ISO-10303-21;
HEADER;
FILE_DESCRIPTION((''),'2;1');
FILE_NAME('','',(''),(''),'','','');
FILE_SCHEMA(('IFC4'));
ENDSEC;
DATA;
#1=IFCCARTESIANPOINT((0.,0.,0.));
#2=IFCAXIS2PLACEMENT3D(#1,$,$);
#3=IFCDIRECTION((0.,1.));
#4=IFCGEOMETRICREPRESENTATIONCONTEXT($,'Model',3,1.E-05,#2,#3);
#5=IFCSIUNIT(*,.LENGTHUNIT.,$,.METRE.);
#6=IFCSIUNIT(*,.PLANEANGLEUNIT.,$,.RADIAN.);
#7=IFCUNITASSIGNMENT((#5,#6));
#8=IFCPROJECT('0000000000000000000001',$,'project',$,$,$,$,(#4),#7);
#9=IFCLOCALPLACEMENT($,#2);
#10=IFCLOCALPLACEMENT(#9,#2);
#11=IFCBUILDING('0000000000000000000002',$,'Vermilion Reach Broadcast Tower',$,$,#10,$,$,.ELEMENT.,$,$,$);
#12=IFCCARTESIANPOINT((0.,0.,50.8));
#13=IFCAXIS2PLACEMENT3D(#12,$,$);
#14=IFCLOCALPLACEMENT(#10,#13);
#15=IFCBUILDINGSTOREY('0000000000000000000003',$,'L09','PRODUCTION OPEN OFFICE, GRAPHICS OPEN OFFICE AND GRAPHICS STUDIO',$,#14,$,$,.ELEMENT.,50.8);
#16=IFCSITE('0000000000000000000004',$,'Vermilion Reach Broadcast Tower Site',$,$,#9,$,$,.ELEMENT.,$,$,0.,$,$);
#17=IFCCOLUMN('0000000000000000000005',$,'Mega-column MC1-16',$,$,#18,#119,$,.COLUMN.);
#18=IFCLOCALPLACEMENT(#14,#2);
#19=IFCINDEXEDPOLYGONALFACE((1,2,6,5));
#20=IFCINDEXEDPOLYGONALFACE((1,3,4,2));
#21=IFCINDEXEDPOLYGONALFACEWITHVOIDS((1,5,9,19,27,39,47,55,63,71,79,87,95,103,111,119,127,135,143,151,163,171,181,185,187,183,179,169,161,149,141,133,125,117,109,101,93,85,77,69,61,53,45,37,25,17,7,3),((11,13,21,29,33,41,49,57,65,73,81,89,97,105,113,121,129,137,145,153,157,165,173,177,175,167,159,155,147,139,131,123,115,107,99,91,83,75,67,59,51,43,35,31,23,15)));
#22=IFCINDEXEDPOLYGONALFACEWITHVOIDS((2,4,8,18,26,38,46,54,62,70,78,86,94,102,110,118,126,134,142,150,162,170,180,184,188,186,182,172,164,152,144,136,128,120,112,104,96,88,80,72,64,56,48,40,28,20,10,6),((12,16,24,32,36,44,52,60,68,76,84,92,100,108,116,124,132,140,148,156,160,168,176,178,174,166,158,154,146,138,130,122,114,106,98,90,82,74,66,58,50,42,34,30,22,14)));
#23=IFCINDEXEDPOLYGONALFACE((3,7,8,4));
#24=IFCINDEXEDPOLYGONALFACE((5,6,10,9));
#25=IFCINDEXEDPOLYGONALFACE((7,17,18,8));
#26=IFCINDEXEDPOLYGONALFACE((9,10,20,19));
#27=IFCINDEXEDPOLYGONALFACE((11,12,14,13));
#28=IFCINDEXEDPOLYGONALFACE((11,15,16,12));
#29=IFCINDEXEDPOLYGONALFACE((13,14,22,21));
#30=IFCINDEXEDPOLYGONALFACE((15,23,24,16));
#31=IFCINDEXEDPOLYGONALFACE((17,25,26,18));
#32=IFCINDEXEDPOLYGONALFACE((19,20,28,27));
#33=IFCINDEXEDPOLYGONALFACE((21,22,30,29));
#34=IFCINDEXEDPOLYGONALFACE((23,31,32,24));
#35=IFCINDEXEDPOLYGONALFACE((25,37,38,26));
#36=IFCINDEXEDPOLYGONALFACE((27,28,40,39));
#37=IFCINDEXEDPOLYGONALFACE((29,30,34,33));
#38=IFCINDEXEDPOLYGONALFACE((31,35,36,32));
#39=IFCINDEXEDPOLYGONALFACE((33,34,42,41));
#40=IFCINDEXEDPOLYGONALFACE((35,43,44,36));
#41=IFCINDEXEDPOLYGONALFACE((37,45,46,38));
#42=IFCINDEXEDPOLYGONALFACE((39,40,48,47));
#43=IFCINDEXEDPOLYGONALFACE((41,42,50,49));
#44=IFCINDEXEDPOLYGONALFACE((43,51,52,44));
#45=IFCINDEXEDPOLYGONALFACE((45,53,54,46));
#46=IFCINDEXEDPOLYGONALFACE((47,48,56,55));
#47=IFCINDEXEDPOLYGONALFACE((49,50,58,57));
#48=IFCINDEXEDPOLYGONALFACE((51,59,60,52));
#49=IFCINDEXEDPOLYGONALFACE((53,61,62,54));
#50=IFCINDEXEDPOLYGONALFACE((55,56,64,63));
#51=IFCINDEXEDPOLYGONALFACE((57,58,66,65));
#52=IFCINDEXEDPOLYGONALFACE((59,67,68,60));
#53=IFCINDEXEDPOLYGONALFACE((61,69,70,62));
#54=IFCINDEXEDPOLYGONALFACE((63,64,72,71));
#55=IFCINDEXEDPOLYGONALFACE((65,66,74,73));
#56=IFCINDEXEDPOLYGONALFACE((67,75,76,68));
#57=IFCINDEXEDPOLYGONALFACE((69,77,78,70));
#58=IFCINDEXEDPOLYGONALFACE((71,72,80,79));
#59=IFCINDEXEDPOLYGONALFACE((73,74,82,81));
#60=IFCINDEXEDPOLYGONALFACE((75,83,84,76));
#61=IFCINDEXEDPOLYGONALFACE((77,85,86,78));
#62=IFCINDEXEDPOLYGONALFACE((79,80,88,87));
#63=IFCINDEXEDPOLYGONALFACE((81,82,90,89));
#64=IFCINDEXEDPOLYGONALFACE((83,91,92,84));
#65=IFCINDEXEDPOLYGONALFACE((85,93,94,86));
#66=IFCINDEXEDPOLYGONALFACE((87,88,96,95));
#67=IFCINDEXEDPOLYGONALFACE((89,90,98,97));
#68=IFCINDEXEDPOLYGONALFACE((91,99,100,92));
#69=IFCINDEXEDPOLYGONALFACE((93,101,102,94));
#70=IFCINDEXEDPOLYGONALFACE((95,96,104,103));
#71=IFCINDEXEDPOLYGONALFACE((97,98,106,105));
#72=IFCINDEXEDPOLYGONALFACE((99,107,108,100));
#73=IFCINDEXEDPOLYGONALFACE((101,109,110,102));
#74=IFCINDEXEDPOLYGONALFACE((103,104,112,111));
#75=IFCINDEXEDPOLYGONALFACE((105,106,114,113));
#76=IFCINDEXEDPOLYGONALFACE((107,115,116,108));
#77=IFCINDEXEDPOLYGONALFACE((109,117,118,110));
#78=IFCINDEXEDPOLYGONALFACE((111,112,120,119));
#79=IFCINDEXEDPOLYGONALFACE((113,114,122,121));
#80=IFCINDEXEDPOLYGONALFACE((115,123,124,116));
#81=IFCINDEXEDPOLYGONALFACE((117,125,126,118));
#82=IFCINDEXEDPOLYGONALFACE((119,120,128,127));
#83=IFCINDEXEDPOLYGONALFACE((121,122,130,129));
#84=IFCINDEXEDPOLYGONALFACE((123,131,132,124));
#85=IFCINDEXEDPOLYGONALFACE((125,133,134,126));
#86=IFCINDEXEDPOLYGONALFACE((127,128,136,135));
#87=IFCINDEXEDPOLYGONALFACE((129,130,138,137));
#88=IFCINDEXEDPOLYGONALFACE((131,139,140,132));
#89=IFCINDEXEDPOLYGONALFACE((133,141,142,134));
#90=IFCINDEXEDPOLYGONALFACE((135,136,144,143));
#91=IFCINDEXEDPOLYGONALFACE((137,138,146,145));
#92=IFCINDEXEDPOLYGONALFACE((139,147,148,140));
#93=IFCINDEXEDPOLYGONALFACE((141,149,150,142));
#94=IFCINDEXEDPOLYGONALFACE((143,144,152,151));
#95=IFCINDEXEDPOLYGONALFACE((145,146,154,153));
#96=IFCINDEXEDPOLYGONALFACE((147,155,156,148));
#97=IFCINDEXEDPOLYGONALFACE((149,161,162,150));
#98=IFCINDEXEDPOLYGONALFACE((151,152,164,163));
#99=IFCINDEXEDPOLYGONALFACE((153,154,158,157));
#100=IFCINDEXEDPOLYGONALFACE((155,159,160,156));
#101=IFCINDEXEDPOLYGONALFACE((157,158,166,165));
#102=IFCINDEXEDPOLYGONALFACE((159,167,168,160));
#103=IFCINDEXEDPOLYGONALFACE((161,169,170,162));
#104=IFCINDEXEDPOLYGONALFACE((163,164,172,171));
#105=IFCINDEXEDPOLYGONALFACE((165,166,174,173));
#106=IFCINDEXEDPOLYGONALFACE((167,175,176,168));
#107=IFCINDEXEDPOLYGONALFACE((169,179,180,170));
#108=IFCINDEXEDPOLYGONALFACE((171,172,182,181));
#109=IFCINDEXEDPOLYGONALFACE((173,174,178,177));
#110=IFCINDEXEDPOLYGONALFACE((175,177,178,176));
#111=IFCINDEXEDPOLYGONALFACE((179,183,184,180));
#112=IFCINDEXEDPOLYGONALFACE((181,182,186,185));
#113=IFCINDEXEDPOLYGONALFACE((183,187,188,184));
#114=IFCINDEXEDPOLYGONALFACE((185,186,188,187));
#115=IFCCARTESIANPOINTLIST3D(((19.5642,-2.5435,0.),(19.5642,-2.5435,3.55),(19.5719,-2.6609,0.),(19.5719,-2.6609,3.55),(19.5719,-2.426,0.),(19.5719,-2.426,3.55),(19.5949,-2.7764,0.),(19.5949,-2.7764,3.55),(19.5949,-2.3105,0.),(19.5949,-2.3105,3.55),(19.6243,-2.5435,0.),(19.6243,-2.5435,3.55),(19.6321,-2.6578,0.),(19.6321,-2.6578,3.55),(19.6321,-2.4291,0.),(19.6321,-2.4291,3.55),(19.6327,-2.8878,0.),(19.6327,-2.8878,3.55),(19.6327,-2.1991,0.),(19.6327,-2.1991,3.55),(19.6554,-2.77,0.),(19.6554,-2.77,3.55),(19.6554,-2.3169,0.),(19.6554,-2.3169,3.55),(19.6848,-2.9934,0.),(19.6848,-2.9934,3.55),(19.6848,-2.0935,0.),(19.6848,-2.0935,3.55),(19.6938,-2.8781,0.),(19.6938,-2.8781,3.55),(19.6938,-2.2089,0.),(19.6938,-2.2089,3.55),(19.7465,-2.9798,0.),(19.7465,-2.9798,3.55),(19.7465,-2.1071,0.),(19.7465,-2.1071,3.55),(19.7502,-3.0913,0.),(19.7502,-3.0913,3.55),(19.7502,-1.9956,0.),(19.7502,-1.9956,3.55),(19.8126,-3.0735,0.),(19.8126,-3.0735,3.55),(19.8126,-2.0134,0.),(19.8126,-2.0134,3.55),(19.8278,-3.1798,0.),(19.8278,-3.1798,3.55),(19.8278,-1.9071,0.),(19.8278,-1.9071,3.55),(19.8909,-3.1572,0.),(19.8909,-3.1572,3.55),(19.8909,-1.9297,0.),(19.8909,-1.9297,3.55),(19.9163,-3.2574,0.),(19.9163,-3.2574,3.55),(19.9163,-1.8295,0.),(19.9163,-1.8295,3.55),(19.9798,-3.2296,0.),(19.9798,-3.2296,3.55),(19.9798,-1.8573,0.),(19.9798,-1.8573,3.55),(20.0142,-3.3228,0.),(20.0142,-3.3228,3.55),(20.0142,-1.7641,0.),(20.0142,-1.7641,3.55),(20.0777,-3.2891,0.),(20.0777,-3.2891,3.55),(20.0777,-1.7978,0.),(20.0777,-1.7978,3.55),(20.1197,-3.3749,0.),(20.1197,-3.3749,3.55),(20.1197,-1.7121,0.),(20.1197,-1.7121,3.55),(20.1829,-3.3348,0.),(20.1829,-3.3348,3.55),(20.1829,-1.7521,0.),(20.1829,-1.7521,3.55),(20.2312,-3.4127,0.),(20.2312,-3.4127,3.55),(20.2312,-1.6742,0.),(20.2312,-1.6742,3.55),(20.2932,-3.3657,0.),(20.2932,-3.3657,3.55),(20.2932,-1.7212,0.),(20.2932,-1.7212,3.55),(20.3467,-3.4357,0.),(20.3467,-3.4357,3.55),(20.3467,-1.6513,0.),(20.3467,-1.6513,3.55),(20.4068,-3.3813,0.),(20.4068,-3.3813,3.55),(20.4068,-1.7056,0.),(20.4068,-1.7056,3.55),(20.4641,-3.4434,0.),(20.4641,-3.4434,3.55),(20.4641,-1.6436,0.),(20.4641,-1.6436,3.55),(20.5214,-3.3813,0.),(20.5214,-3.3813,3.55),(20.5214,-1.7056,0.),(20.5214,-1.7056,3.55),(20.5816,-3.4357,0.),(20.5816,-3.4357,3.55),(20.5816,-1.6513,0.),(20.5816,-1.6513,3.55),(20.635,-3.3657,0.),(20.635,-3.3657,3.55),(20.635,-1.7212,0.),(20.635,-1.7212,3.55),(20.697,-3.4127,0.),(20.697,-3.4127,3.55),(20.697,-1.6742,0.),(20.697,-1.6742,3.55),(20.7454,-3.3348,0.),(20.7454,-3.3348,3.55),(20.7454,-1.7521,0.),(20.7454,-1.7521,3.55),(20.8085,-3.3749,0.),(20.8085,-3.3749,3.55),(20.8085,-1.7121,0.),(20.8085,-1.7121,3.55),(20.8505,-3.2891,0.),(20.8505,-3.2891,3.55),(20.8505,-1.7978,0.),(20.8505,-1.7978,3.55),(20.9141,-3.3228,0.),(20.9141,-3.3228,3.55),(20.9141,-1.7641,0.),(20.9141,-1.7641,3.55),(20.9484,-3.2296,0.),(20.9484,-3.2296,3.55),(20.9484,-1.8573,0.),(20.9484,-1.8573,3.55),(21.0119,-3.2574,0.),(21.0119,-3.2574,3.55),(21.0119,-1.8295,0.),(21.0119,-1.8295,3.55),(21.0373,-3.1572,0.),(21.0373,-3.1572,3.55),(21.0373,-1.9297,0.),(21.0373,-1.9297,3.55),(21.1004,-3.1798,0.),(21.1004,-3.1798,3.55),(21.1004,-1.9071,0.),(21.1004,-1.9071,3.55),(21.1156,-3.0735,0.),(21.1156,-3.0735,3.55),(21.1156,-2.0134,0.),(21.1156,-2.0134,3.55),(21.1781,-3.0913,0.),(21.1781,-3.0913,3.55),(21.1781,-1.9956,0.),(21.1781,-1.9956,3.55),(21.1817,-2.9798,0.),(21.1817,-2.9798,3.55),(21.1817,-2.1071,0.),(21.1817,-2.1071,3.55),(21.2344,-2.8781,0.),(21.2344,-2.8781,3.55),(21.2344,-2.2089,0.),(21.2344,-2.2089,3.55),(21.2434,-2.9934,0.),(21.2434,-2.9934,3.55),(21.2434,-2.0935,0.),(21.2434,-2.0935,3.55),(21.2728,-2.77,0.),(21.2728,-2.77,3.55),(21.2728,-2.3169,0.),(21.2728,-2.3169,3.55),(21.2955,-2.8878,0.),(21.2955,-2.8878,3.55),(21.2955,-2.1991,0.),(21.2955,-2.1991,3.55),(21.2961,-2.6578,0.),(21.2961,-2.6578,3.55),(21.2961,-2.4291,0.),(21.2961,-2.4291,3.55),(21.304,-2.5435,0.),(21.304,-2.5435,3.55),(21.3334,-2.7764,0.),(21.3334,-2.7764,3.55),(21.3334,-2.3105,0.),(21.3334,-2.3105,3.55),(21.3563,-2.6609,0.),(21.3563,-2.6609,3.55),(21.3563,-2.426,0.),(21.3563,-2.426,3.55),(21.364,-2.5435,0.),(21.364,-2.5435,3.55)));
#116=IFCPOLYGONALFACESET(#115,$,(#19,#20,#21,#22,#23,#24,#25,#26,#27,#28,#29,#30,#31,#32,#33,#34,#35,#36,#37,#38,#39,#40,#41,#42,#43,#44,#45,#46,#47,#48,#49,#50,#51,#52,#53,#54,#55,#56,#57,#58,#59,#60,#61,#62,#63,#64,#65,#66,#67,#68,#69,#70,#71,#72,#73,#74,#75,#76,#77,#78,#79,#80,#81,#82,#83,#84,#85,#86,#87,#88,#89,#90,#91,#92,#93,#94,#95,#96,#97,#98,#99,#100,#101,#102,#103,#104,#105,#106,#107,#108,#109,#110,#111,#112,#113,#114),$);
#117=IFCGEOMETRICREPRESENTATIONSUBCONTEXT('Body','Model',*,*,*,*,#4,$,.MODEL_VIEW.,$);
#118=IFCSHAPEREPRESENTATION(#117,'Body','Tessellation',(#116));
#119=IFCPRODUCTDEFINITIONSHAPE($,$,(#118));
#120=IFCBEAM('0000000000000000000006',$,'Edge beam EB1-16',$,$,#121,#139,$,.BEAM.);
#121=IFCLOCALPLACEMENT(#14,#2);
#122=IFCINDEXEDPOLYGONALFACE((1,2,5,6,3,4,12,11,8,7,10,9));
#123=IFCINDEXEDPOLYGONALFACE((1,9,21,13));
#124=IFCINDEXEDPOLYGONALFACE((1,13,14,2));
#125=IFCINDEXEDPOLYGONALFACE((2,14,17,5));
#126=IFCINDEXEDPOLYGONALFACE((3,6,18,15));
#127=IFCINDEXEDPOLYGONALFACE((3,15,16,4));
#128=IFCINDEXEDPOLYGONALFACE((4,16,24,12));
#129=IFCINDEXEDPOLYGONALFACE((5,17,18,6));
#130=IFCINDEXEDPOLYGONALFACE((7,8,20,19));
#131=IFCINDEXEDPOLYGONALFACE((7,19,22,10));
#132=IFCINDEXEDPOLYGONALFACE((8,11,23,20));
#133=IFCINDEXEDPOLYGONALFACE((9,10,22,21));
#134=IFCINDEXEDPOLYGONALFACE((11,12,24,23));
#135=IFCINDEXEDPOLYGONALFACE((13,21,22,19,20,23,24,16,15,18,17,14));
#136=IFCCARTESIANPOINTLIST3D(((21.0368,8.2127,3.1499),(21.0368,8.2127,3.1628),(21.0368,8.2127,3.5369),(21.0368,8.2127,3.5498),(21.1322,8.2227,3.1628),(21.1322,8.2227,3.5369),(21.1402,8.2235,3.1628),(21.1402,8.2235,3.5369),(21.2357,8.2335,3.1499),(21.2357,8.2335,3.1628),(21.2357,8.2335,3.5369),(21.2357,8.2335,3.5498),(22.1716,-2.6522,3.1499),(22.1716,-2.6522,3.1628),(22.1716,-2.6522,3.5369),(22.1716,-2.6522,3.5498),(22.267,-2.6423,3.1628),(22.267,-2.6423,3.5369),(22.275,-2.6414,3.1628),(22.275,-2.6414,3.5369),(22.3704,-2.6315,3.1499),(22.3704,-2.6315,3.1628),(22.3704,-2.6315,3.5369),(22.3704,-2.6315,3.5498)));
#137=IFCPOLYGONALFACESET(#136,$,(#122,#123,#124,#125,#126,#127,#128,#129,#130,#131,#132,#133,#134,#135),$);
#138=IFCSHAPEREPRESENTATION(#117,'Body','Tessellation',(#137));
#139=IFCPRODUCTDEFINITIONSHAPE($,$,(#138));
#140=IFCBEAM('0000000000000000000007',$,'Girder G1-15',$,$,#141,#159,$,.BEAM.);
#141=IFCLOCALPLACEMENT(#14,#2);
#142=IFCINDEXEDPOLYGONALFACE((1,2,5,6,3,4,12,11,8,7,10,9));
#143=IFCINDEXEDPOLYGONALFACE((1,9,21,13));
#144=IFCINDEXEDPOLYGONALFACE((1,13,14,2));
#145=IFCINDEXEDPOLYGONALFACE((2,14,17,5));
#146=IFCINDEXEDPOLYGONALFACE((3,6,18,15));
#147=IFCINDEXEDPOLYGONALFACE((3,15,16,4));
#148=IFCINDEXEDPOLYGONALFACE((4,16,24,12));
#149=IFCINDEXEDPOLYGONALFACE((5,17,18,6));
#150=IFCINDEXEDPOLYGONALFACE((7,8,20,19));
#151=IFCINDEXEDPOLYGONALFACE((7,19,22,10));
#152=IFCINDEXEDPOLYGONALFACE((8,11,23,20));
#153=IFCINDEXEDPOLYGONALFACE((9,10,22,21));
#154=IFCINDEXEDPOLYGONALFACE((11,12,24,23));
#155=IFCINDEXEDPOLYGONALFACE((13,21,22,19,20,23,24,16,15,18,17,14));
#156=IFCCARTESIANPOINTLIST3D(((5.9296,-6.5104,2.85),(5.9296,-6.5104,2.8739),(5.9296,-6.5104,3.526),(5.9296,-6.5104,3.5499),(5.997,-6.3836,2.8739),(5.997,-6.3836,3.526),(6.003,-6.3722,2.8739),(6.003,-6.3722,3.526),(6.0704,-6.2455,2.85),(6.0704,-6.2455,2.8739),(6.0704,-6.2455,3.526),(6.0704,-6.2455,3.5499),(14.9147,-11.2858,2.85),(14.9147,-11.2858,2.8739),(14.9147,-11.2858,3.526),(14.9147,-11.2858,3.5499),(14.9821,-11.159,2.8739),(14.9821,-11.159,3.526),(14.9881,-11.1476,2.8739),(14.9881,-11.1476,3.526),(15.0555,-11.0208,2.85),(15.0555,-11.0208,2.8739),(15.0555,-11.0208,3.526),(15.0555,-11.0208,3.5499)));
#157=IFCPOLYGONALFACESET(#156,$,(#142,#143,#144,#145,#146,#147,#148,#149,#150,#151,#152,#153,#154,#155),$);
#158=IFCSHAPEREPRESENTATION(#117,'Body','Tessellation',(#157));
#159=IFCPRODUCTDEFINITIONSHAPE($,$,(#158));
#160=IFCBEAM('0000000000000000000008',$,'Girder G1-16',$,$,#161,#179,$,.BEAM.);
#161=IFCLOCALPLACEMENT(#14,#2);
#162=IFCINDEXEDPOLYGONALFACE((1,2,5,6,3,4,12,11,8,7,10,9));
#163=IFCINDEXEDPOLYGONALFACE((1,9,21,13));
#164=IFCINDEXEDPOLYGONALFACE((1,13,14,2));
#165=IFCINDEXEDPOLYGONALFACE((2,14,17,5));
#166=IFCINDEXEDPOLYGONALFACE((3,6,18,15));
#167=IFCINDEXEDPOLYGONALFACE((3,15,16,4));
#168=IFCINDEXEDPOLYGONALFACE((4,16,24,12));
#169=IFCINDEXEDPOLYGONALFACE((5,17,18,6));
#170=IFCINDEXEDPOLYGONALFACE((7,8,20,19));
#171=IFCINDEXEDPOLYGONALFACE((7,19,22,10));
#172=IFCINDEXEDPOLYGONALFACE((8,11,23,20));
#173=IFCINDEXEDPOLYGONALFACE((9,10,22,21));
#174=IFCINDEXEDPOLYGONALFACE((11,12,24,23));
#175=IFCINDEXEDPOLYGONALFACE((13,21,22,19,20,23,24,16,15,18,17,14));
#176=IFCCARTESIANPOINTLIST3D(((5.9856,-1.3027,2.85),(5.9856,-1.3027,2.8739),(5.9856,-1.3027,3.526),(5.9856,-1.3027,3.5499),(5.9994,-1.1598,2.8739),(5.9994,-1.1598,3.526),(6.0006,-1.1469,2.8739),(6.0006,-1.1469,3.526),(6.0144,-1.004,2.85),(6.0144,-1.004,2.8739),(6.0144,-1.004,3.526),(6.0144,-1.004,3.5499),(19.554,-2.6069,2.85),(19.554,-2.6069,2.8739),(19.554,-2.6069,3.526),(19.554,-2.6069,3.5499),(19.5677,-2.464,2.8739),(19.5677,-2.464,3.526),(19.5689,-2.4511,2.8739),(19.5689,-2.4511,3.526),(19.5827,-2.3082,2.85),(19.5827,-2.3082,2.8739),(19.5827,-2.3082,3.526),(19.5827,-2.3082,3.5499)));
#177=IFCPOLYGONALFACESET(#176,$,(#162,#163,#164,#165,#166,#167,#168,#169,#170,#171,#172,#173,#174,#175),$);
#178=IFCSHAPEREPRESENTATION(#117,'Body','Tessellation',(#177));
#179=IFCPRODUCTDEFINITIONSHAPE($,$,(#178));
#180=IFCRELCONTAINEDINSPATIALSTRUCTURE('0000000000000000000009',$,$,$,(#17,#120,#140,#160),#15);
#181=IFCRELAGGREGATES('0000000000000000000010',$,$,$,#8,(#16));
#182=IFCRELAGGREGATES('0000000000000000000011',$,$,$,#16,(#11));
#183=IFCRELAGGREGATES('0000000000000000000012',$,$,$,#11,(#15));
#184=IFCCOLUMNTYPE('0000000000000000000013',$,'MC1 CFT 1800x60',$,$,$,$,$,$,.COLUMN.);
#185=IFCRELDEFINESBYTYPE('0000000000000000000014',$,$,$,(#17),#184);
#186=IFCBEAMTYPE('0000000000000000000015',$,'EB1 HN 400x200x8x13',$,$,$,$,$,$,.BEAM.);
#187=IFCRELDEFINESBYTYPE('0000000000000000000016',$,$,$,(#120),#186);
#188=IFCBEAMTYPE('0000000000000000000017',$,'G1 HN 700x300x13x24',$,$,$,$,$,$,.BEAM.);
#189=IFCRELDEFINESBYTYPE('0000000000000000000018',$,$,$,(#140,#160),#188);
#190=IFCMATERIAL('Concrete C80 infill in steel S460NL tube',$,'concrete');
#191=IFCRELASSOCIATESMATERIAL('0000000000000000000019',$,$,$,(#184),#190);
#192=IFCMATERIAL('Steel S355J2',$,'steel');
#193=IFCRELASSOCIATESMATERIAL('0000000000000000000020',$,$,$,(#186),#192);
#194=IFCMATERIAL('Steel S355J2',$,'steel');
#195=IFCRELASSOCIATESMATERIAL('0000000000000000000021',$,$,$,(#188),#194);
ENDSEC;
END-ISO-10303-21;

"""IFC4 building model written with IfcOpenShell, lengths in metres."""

from ifc_helpers import new_model, si_unit, direction, frame, origin, origin_2d, place, context, subcontext, project, spatial, hollow_circle, i_section, extrude, material, material_profile, profile_set, type_object, element, save


model = new_model("IFC4")

# Units and contexts
model_context = context("Model", 3, precision=1e-05, world=origin(), true_north=direction((0.0, 1.0)))
body_context = subcontext(model_context, "Body", "Model", "MODEL_VIEW")
ifc_project = project(units=[si_unit("LENGTHUNIT", "METRE"), si_unit("PLANEANGLEUNIT", "RADIAN")], contexts=[model_context])

# Site, building, storey
site_placement = place(None, origin())
site = spatial("IfcSite", under=ifc_project, at=site_placement, Name="Vermilion Reach Broadcast Tower Site", CompositionType="ELEMENT", RefElevation=0.0)
building_placement = place(site_placement, origin())
building = spatial("IfcBuilding", under=site, at=building_placement, Name="Vermilion Reach Broadcast Tower", CompositionType="ELEMENT")
storey_placement = place(building_placement, frame((0.0, 0.0, 50.8)))
storey = spatial("IfcBuildingStorey", under=building, at=storey_placement, Name="L09", Description="PRODUCTION OPEN OFFICE, GRAPHICS OPEN OFFICE AND GRAPHICS STUDIO", CompositionType="ELEMENT", Elevation=50.8)

# Column
ifc_material_1 = material(Name="Concrete C80 infill in steel S460NL tube", Category="concrete")
ifc_material_profile_1 = material_profile(ifc_material_1, hollow_circle(Radius=0.8999, WallThickness=0.0601, at=origin_2d()), Name="Concrete C80 infill in steel S460NL tube CFT 1800x60")
ifc_profile_set_1 = profile_set([ifc_material_profile_1], Name="Concrete C80 infill in steel S460NL tube")
column_type = type_object("IfcColumnType", Name="MC1 CFT 1800x60", PredefinedType="COLUMN", material=ifc_profile_set_1)
column_placement = place(storey_placement, frame((20.4641, -2.5435, 0.0), z_axis=(0.0, 0.0, 1.0), x_axis=(1.0, 0.0, 0.0)))
element("IfcColumn", 1, at=column_placement, inside=storey, type_object=column_type, Name="Mega-column MC1-16", PredefinedType="COLUMN", context=body_context, shape_type="SweptSolid", body=[
    extrude(hollow_circle(Radius=0.8999, WallThickness=0.0601, at=origin_2d()), origin(), (0.0, 0.0, 1.0), 3.55),
])

# Beams
ifc_material_2 = material(Name="Steel S355J2", Category="steel")
ifc_material_profile_2 = material_profile(ifc_material_2, i_section(OverallWidth=0.2, OverallDepth=0.3999, WebThickness=0.0081, FlangeThickness=0.0129, at=origin_2d()), Name="S355J2 HN 400x200x8x13")
ifc_profile_set_2 = profile_set([ifc_material_profile_2], Name="Steel S355J2")
beam_type_1 = type_object("IfcBeamType", Name="EB1 HN 400x200x8x13", PredefinedType="BEAM", material=ifc_profile_set_2)
beam_1_placement = place(storey_placement, frame((22.271, -2.6418, 3.3499), z_axis=(-0.103877, 0.99459, 0.0), x_axis=(-0.99459, -0.103877, 0.0)))
element("IfcBeam", 2, at=beam_1_placement, inside=storey, type_object=beam_type_1, Name="Edge beam EB1-16", PredefinedType="BEAM", context=body_context, shape_type="SweptSolid", body=[
    extrude(i_section(OverallWidth=0.2, OverallDepth=0.3999, WebThickness=0.0081, FlangeThickness=0.0129, at=origin_2d()), origin(), (0.0, 0.0, 1.0), 10.9241),
])
ifc_material_3 = material(Name="Steel S355J2", Category="steel")
ifc_material_profile_3 = material_profile(ifc_material_3, i_section(OverallWidth=0.3, OverallDepth=0.7, WebThickness=0.0129, FlangeThickness=0.0239, at=origin_2d()), Name="S355J2 HN 700x300x13x24")
ifc_profile_set_3 = profile_set([ifc_material_profile_3], Name="Steel S355J2")
beam_type_2 = type_object("IfcBeamType", Name="G1 HN 700x300x13x24", PredefinedType="BEAM", material=ifc_profile_set_3)
beam_2_placement = place(storey_placement, frame((6.0, -6.3779, 3.2), z_axis=(0.883032, -0.469313, 0.0), x_axis=(0.469313, 0.883032, 0.0)))
element("IfcBeam", 3, at=beam_2_placement, inside=storey, type_object=beam_type_2, Name="Girder G1-15", PredefinedType="BEAM", context=body_context, shape_type="SweptSolid", body=[
    extrude(i_section(OverallWidth=0.3, OverallDepth=0.7, WebThickness=0.0129, FlangeThickness=0.0239, at=origin_2d()), origin(), (0.0, 0.0, 1.0), 10.1753),
])
beam_3_placement = place(storey_placement, frame((6.0, -1.1533, 3.2), z_axis=(0.995412, -0.09568, 0.0), x_axis=(0.09568, 0.995412, 0.0)))
element("IfcBeam", 4, at=beam_3_placement, inside=storey, type_object=beam_type_2, Name="Girder G1-16", PredefinedType="BEAM", context=body_context, shape_type="SweptSolid", body=[
    extrude(i_section(OverallWidth=0.3, OverallDepth=0.7, WebThickness=0.0129, FlangeThickness=0.0239, at=origin_2d()), origin(), (0.0, 0.0, 1.0), 13.6309),
])

save(model, "model.ifc")
